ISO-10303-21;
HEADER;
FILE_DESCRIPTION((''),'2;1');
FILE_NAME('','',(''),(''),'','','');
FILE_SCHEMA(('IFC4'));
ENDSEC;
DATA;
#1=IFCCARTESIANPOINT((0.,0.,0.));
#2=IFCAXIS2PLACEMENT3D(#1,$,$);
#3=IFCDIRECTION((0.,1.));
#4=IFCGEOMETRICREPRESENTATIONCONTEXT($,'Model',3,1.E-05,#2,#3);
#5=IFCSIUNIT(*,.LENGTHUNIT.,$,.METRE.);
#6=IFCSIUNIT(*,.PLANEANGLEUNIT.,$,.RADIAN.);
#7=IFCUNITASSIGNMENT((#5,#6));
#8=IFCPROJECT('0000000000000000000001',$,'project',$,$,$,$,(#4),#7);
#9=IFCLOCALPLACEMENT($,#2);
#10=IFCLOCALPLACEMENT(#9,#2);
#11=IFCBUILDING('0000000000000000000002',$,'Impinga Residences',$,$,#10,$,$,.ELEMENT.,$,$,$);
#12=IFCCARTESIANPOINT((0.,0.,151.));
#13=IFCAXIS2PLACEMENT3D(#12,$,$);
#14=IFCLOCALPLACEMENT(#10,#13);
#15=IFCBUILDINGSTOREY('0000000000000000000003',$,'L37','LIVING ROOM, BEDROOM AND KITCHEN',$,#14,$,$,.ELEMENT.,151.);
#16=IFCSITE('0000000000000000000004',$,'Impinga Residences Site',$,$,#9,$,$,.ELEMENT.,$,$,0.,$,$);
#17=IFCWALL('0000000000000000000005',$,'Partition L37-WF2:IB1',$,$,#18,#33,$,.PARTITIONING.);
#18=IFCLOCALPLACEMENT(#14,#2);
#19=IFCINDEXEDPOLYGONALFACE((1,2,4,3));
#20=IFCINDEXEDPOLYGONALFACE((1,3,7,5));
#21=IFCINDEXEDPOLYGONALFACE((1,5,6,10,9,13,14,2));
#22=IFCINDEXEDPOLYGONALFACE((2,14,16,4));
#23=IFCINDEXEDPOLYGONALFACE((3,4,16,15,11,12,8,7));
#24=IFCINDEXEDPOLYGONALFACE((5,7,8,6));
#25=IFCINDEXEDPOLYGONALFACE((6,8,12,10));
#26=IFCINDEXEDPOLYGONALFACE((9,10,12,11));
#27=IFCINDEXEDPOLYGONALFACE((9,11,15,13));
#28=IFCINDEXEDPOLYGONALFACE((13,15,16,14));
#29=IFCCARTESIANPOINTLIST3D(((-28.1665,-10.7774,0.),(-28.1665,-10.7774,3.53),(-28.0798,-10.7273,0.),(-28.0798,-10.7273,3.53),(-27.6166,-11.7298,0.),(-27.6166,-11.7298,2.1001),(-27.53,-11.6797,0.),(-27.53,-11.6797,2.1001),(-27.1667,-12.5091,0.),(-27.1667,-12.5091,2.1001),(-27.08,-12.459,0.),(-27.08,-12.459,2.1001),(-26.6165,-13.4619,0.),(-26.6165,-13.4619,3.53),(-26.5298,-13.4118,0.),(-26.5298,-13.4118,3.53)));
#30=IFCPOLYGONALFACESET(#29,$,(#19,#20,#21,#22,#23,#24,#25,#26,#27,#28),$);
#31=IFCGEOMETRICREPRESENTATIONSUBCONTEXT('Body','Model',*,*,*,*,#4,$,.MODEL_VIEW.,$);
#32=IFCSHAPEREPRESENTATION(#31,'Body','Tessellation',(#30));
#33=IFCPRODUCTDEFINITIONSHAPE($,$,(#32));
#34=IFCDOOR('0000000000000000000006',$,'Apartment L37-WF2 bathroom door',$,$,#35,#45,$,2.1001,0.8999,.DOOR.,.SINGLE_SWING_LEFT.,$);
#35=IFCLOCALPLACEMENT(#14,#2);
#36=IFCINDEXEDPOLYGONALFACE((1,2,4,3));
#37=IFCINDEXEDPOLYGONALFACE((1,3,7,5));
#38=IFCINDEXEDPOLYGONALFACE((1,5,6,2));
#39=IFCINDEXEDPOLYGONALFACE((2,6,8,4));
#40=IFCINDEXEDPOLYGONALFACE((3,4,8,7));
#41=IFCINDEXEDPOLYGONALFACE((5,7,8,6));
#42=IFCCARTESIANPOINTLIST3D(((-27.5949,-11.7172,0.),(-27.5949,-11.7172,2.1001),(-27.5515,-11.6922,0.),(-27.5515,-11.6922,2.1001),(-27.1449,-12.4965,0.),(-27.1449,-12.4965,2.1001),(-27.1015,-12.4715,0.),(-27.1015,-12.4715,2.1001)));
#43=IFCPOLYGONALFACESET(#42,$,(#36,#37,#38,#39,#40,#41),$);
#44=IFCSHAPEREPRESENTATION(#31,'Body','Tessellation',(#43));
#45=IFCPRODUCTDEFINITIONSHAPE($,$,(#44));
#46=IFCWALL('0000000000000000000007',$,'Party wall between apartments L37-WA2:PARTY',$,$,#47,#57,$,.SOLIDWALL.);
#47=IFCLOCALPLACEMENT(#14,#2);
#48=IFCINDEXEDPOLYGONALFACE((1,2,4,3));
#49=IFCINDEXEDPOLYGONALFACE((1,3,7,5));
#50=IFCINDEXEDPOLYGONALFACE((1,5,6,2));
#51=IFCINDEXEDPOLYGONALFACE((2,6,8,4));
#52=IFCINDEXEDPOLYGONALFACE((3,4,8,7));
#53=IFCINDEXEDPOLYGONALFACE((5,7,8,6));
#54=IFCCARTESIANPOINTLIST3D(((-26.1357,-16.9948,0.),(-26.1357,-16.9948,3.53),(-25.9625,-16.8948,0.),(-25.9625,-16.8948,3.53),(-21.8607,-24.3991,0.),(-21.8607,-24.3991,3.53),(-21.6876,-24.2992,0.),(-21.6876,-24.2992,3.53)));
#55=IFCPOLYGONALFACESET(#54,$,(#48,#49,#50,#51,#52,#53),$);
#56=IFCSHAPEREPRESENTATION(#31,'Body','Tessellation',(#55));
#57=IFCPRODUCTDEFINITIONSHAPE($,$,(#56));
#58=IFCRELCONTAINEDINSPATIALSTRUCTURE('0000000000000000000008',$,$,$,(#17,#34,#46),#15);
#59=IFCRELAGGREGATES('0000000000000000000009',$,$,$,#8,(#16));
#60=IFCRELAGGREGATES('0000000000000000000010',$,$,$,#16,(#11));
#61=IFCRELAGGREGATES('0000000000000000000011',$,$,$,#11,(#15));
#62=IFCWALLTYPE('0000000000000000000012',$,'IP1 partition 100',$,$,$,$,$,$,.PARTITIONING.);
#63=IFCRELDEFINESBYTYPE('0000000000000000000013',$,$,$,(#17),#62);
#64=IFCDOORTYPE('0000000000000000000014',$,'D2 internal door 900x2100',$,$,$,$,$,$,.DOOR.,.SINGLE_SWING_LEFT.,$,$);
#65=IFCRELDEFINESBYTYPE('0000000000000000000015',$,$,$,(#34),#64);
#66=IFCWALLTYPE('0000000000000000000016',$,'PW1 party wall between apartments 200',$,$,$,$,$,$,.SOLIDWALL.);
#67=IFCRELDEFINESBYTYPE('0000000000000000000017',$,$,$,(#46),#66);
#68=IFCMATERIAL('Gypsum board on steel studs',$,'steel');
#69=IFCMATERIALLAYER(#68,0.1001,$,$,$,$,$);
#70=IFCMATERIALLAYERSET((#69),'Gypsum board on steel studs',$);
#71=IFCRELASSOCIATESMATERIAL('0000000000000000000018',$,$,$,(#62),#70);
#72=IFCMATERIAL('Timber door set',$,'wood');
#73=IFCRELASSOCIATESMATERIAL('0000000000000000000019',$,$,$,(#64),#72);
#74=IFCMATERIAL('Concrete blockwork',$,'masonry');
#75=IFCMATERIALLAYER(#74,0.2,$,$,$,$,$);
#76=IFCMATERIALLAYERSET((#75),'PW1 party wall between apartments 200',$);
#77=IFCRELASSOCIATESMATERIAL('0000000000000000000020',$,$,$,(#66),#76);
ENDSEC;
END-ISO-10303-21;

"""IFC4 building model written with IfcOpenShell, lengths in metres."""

from ifc_helpers import new_model, si_unit, direction, frame, frame_2d, origin, place, context, subcontext, project, spatial, rectangle, extrude, material, layer, layer_set, type_object, element, fill, save


model = new_model("IFC4")

# Units and contexts
model_context = context("Model", 3, precision=1e-05, world=origin(), true_north=direction((0.0, 1.0)))
body_context = subcontext(model_context, "Body", "Model", "MODEL_VIEW")
ifc_project = project(units=[si_unit("LENGTHUNIT", "METRE"), si_unit("PLANEANGLEUNIT", "RADIAN")], contexts=[model_context])

# Site, building, storey
site_placement = place(None, origin())
site = spatial("IfcSite", under=ifc_project, at=site_placement, Name="Impinga Residences Site", CompositionType="ELEMENT", RefElevation=0.0)
building_placement = place(site_placement, origin())
building = spatial("IfcBuilding", under=site, at=building_placement, Name="Impinga Residences", CompositionType="ELEMENT")
storey_placement = place(building_placement, frame((0.0, 0.0, 151.0)))
storey = spatial("IfcBuildingStorey", under=building, at=storey_placement, Name="L37", Description="LIVING ROOM, BEDROOM AND KITCHEN", CompositionType="ELEMENT", Elevation=151.0)

# Shared definitions
ifc_material_1 = material(Name="Concrete blockwork", Category="masonry")
ifc_material_2 = material(Name="Timber door set", Category="wood")

# Shared definitions
ifc_material_3 = material(Name="Gypsum board on steel studs", Category="steel")
ifc_layer_1 = layer(ifc_material_3, 0.1001)
ifc_layer_set_1 = layer_set([ifc_layer_1], Name="Gypsum board on steel studs")
wall_type_1 = type_object("IfcWallType", Name="IP1 partition 100", PredefinedType="PARTITIONING", material=ifc_layer_set_1)

# Shared definitions
door_type_1 = type_object("IfcDoorType", Name="D2 internal door 900x2100", OperationType="SINGLE_SWING_LEFT", PredefinedType="DOOR", material=ifc_material_2)

# Wall, opening, door
wall_1_placement = place(storey_placement, frame((-26.5732, -13.4368, 0.0), z_axis=(0.0, 0.0, 1.0), x_axis=(-0.500027, 0.86601, 0.0)))
wall_1 = element("IfcWall", 1, at=wall_1_placement, inside=storey, type_object=wall_type_1, Name="Partition L37-WF2:IB1", PredefinedType="PARTITIONING", context=body_context, shape_type="SweptSolid", body=[
    extrude(rectangle(XDim=3.0999, YDim=0.1001, at=frame_2d((1.5498, 0.0))), origin(), (0.0, 0.0, 1.0), 3.53),
])
opening_1_placement = place(wall_1_placement, frame((1.1001, 0.0, 0.0)))
opening_1 = element("IfcOpeningElement", 2, at=opening_1_placement, cuts=wall_1, PredefinedType="OPENING", context=body_context, shape_type="SweptSolid", body=[
    extrude(rectangle(XDim=0.8999, YDim=2.1001, at=frame_2d((0.45, 1.05))), frame((0.0, 0.0601, 0.0), z_axis=(0.0, -1.0, 0.0), x_axis=(1.0, 0.0, 0.0)), (0.0, 0.0, 1.0), 0.1201),
])
door_1_placement = place(opening_1_placement, origin())
door_1 = element("IfcDoor", 3, at=door_1_placement, inside=storey, type_object=door_type_1, Name="Apartment L37-WF2 bathroom door", OperationType="SINGLE_SWING_LEFT", OverallHeight=2.1001, OverallWidth=0.8999, PredefinedType="DOOR", context=body_context, shape_type="SweptSolid", body=[
    extrude(rectangle(XDim=0.8999, YDim=2.1001, at=frame_2d((0.45, 1.05))), frame((0.0, 0.0249, 0.0), z_axis=(0.0, -1.0, 0.0), x_axis=(1.0, 0.0, 0.0)), (0.0, 0.0, 1.0), 0.05),
])
fill(opening_1, door_1)

# Wall
ifc_layer_2 = layer(ifc_material_1, 0.2)
ifc_layer_set_2 = layer_set([ifc_layer_2], Name="PW1 party wall between apartments 200")
wall_type_2 = type_object("IfcWallType", Name="PW1 party wall between apartments 200", PredefinedType="SOLIDWALL", material=ifc_layer_set_2)
wall_2_placement = place(storey_placement, frame((-26.0491, -16.9448, 0.0), z_axis=(0.0, 0.0, 1.0), x_axis=(0.500003, -0.866024, 0.0)))
element("IfcWall", 4, at=wall_2_placement, inside=storey, type_object=wall_type_2, Name="Party wall between apartments L37-WA2:PARTY", PredefinedType="SOLIDWALL", context=body_context, shape_type="SweptSolid", body=[
    extrude(rectangle(XDim=8.5498, YDim=0.2, at=frame_2d((4.2749, 0.0))), origin(), (0.0, 0.0, 1.0), 3.53),
])

save(model, "model.ifc")
